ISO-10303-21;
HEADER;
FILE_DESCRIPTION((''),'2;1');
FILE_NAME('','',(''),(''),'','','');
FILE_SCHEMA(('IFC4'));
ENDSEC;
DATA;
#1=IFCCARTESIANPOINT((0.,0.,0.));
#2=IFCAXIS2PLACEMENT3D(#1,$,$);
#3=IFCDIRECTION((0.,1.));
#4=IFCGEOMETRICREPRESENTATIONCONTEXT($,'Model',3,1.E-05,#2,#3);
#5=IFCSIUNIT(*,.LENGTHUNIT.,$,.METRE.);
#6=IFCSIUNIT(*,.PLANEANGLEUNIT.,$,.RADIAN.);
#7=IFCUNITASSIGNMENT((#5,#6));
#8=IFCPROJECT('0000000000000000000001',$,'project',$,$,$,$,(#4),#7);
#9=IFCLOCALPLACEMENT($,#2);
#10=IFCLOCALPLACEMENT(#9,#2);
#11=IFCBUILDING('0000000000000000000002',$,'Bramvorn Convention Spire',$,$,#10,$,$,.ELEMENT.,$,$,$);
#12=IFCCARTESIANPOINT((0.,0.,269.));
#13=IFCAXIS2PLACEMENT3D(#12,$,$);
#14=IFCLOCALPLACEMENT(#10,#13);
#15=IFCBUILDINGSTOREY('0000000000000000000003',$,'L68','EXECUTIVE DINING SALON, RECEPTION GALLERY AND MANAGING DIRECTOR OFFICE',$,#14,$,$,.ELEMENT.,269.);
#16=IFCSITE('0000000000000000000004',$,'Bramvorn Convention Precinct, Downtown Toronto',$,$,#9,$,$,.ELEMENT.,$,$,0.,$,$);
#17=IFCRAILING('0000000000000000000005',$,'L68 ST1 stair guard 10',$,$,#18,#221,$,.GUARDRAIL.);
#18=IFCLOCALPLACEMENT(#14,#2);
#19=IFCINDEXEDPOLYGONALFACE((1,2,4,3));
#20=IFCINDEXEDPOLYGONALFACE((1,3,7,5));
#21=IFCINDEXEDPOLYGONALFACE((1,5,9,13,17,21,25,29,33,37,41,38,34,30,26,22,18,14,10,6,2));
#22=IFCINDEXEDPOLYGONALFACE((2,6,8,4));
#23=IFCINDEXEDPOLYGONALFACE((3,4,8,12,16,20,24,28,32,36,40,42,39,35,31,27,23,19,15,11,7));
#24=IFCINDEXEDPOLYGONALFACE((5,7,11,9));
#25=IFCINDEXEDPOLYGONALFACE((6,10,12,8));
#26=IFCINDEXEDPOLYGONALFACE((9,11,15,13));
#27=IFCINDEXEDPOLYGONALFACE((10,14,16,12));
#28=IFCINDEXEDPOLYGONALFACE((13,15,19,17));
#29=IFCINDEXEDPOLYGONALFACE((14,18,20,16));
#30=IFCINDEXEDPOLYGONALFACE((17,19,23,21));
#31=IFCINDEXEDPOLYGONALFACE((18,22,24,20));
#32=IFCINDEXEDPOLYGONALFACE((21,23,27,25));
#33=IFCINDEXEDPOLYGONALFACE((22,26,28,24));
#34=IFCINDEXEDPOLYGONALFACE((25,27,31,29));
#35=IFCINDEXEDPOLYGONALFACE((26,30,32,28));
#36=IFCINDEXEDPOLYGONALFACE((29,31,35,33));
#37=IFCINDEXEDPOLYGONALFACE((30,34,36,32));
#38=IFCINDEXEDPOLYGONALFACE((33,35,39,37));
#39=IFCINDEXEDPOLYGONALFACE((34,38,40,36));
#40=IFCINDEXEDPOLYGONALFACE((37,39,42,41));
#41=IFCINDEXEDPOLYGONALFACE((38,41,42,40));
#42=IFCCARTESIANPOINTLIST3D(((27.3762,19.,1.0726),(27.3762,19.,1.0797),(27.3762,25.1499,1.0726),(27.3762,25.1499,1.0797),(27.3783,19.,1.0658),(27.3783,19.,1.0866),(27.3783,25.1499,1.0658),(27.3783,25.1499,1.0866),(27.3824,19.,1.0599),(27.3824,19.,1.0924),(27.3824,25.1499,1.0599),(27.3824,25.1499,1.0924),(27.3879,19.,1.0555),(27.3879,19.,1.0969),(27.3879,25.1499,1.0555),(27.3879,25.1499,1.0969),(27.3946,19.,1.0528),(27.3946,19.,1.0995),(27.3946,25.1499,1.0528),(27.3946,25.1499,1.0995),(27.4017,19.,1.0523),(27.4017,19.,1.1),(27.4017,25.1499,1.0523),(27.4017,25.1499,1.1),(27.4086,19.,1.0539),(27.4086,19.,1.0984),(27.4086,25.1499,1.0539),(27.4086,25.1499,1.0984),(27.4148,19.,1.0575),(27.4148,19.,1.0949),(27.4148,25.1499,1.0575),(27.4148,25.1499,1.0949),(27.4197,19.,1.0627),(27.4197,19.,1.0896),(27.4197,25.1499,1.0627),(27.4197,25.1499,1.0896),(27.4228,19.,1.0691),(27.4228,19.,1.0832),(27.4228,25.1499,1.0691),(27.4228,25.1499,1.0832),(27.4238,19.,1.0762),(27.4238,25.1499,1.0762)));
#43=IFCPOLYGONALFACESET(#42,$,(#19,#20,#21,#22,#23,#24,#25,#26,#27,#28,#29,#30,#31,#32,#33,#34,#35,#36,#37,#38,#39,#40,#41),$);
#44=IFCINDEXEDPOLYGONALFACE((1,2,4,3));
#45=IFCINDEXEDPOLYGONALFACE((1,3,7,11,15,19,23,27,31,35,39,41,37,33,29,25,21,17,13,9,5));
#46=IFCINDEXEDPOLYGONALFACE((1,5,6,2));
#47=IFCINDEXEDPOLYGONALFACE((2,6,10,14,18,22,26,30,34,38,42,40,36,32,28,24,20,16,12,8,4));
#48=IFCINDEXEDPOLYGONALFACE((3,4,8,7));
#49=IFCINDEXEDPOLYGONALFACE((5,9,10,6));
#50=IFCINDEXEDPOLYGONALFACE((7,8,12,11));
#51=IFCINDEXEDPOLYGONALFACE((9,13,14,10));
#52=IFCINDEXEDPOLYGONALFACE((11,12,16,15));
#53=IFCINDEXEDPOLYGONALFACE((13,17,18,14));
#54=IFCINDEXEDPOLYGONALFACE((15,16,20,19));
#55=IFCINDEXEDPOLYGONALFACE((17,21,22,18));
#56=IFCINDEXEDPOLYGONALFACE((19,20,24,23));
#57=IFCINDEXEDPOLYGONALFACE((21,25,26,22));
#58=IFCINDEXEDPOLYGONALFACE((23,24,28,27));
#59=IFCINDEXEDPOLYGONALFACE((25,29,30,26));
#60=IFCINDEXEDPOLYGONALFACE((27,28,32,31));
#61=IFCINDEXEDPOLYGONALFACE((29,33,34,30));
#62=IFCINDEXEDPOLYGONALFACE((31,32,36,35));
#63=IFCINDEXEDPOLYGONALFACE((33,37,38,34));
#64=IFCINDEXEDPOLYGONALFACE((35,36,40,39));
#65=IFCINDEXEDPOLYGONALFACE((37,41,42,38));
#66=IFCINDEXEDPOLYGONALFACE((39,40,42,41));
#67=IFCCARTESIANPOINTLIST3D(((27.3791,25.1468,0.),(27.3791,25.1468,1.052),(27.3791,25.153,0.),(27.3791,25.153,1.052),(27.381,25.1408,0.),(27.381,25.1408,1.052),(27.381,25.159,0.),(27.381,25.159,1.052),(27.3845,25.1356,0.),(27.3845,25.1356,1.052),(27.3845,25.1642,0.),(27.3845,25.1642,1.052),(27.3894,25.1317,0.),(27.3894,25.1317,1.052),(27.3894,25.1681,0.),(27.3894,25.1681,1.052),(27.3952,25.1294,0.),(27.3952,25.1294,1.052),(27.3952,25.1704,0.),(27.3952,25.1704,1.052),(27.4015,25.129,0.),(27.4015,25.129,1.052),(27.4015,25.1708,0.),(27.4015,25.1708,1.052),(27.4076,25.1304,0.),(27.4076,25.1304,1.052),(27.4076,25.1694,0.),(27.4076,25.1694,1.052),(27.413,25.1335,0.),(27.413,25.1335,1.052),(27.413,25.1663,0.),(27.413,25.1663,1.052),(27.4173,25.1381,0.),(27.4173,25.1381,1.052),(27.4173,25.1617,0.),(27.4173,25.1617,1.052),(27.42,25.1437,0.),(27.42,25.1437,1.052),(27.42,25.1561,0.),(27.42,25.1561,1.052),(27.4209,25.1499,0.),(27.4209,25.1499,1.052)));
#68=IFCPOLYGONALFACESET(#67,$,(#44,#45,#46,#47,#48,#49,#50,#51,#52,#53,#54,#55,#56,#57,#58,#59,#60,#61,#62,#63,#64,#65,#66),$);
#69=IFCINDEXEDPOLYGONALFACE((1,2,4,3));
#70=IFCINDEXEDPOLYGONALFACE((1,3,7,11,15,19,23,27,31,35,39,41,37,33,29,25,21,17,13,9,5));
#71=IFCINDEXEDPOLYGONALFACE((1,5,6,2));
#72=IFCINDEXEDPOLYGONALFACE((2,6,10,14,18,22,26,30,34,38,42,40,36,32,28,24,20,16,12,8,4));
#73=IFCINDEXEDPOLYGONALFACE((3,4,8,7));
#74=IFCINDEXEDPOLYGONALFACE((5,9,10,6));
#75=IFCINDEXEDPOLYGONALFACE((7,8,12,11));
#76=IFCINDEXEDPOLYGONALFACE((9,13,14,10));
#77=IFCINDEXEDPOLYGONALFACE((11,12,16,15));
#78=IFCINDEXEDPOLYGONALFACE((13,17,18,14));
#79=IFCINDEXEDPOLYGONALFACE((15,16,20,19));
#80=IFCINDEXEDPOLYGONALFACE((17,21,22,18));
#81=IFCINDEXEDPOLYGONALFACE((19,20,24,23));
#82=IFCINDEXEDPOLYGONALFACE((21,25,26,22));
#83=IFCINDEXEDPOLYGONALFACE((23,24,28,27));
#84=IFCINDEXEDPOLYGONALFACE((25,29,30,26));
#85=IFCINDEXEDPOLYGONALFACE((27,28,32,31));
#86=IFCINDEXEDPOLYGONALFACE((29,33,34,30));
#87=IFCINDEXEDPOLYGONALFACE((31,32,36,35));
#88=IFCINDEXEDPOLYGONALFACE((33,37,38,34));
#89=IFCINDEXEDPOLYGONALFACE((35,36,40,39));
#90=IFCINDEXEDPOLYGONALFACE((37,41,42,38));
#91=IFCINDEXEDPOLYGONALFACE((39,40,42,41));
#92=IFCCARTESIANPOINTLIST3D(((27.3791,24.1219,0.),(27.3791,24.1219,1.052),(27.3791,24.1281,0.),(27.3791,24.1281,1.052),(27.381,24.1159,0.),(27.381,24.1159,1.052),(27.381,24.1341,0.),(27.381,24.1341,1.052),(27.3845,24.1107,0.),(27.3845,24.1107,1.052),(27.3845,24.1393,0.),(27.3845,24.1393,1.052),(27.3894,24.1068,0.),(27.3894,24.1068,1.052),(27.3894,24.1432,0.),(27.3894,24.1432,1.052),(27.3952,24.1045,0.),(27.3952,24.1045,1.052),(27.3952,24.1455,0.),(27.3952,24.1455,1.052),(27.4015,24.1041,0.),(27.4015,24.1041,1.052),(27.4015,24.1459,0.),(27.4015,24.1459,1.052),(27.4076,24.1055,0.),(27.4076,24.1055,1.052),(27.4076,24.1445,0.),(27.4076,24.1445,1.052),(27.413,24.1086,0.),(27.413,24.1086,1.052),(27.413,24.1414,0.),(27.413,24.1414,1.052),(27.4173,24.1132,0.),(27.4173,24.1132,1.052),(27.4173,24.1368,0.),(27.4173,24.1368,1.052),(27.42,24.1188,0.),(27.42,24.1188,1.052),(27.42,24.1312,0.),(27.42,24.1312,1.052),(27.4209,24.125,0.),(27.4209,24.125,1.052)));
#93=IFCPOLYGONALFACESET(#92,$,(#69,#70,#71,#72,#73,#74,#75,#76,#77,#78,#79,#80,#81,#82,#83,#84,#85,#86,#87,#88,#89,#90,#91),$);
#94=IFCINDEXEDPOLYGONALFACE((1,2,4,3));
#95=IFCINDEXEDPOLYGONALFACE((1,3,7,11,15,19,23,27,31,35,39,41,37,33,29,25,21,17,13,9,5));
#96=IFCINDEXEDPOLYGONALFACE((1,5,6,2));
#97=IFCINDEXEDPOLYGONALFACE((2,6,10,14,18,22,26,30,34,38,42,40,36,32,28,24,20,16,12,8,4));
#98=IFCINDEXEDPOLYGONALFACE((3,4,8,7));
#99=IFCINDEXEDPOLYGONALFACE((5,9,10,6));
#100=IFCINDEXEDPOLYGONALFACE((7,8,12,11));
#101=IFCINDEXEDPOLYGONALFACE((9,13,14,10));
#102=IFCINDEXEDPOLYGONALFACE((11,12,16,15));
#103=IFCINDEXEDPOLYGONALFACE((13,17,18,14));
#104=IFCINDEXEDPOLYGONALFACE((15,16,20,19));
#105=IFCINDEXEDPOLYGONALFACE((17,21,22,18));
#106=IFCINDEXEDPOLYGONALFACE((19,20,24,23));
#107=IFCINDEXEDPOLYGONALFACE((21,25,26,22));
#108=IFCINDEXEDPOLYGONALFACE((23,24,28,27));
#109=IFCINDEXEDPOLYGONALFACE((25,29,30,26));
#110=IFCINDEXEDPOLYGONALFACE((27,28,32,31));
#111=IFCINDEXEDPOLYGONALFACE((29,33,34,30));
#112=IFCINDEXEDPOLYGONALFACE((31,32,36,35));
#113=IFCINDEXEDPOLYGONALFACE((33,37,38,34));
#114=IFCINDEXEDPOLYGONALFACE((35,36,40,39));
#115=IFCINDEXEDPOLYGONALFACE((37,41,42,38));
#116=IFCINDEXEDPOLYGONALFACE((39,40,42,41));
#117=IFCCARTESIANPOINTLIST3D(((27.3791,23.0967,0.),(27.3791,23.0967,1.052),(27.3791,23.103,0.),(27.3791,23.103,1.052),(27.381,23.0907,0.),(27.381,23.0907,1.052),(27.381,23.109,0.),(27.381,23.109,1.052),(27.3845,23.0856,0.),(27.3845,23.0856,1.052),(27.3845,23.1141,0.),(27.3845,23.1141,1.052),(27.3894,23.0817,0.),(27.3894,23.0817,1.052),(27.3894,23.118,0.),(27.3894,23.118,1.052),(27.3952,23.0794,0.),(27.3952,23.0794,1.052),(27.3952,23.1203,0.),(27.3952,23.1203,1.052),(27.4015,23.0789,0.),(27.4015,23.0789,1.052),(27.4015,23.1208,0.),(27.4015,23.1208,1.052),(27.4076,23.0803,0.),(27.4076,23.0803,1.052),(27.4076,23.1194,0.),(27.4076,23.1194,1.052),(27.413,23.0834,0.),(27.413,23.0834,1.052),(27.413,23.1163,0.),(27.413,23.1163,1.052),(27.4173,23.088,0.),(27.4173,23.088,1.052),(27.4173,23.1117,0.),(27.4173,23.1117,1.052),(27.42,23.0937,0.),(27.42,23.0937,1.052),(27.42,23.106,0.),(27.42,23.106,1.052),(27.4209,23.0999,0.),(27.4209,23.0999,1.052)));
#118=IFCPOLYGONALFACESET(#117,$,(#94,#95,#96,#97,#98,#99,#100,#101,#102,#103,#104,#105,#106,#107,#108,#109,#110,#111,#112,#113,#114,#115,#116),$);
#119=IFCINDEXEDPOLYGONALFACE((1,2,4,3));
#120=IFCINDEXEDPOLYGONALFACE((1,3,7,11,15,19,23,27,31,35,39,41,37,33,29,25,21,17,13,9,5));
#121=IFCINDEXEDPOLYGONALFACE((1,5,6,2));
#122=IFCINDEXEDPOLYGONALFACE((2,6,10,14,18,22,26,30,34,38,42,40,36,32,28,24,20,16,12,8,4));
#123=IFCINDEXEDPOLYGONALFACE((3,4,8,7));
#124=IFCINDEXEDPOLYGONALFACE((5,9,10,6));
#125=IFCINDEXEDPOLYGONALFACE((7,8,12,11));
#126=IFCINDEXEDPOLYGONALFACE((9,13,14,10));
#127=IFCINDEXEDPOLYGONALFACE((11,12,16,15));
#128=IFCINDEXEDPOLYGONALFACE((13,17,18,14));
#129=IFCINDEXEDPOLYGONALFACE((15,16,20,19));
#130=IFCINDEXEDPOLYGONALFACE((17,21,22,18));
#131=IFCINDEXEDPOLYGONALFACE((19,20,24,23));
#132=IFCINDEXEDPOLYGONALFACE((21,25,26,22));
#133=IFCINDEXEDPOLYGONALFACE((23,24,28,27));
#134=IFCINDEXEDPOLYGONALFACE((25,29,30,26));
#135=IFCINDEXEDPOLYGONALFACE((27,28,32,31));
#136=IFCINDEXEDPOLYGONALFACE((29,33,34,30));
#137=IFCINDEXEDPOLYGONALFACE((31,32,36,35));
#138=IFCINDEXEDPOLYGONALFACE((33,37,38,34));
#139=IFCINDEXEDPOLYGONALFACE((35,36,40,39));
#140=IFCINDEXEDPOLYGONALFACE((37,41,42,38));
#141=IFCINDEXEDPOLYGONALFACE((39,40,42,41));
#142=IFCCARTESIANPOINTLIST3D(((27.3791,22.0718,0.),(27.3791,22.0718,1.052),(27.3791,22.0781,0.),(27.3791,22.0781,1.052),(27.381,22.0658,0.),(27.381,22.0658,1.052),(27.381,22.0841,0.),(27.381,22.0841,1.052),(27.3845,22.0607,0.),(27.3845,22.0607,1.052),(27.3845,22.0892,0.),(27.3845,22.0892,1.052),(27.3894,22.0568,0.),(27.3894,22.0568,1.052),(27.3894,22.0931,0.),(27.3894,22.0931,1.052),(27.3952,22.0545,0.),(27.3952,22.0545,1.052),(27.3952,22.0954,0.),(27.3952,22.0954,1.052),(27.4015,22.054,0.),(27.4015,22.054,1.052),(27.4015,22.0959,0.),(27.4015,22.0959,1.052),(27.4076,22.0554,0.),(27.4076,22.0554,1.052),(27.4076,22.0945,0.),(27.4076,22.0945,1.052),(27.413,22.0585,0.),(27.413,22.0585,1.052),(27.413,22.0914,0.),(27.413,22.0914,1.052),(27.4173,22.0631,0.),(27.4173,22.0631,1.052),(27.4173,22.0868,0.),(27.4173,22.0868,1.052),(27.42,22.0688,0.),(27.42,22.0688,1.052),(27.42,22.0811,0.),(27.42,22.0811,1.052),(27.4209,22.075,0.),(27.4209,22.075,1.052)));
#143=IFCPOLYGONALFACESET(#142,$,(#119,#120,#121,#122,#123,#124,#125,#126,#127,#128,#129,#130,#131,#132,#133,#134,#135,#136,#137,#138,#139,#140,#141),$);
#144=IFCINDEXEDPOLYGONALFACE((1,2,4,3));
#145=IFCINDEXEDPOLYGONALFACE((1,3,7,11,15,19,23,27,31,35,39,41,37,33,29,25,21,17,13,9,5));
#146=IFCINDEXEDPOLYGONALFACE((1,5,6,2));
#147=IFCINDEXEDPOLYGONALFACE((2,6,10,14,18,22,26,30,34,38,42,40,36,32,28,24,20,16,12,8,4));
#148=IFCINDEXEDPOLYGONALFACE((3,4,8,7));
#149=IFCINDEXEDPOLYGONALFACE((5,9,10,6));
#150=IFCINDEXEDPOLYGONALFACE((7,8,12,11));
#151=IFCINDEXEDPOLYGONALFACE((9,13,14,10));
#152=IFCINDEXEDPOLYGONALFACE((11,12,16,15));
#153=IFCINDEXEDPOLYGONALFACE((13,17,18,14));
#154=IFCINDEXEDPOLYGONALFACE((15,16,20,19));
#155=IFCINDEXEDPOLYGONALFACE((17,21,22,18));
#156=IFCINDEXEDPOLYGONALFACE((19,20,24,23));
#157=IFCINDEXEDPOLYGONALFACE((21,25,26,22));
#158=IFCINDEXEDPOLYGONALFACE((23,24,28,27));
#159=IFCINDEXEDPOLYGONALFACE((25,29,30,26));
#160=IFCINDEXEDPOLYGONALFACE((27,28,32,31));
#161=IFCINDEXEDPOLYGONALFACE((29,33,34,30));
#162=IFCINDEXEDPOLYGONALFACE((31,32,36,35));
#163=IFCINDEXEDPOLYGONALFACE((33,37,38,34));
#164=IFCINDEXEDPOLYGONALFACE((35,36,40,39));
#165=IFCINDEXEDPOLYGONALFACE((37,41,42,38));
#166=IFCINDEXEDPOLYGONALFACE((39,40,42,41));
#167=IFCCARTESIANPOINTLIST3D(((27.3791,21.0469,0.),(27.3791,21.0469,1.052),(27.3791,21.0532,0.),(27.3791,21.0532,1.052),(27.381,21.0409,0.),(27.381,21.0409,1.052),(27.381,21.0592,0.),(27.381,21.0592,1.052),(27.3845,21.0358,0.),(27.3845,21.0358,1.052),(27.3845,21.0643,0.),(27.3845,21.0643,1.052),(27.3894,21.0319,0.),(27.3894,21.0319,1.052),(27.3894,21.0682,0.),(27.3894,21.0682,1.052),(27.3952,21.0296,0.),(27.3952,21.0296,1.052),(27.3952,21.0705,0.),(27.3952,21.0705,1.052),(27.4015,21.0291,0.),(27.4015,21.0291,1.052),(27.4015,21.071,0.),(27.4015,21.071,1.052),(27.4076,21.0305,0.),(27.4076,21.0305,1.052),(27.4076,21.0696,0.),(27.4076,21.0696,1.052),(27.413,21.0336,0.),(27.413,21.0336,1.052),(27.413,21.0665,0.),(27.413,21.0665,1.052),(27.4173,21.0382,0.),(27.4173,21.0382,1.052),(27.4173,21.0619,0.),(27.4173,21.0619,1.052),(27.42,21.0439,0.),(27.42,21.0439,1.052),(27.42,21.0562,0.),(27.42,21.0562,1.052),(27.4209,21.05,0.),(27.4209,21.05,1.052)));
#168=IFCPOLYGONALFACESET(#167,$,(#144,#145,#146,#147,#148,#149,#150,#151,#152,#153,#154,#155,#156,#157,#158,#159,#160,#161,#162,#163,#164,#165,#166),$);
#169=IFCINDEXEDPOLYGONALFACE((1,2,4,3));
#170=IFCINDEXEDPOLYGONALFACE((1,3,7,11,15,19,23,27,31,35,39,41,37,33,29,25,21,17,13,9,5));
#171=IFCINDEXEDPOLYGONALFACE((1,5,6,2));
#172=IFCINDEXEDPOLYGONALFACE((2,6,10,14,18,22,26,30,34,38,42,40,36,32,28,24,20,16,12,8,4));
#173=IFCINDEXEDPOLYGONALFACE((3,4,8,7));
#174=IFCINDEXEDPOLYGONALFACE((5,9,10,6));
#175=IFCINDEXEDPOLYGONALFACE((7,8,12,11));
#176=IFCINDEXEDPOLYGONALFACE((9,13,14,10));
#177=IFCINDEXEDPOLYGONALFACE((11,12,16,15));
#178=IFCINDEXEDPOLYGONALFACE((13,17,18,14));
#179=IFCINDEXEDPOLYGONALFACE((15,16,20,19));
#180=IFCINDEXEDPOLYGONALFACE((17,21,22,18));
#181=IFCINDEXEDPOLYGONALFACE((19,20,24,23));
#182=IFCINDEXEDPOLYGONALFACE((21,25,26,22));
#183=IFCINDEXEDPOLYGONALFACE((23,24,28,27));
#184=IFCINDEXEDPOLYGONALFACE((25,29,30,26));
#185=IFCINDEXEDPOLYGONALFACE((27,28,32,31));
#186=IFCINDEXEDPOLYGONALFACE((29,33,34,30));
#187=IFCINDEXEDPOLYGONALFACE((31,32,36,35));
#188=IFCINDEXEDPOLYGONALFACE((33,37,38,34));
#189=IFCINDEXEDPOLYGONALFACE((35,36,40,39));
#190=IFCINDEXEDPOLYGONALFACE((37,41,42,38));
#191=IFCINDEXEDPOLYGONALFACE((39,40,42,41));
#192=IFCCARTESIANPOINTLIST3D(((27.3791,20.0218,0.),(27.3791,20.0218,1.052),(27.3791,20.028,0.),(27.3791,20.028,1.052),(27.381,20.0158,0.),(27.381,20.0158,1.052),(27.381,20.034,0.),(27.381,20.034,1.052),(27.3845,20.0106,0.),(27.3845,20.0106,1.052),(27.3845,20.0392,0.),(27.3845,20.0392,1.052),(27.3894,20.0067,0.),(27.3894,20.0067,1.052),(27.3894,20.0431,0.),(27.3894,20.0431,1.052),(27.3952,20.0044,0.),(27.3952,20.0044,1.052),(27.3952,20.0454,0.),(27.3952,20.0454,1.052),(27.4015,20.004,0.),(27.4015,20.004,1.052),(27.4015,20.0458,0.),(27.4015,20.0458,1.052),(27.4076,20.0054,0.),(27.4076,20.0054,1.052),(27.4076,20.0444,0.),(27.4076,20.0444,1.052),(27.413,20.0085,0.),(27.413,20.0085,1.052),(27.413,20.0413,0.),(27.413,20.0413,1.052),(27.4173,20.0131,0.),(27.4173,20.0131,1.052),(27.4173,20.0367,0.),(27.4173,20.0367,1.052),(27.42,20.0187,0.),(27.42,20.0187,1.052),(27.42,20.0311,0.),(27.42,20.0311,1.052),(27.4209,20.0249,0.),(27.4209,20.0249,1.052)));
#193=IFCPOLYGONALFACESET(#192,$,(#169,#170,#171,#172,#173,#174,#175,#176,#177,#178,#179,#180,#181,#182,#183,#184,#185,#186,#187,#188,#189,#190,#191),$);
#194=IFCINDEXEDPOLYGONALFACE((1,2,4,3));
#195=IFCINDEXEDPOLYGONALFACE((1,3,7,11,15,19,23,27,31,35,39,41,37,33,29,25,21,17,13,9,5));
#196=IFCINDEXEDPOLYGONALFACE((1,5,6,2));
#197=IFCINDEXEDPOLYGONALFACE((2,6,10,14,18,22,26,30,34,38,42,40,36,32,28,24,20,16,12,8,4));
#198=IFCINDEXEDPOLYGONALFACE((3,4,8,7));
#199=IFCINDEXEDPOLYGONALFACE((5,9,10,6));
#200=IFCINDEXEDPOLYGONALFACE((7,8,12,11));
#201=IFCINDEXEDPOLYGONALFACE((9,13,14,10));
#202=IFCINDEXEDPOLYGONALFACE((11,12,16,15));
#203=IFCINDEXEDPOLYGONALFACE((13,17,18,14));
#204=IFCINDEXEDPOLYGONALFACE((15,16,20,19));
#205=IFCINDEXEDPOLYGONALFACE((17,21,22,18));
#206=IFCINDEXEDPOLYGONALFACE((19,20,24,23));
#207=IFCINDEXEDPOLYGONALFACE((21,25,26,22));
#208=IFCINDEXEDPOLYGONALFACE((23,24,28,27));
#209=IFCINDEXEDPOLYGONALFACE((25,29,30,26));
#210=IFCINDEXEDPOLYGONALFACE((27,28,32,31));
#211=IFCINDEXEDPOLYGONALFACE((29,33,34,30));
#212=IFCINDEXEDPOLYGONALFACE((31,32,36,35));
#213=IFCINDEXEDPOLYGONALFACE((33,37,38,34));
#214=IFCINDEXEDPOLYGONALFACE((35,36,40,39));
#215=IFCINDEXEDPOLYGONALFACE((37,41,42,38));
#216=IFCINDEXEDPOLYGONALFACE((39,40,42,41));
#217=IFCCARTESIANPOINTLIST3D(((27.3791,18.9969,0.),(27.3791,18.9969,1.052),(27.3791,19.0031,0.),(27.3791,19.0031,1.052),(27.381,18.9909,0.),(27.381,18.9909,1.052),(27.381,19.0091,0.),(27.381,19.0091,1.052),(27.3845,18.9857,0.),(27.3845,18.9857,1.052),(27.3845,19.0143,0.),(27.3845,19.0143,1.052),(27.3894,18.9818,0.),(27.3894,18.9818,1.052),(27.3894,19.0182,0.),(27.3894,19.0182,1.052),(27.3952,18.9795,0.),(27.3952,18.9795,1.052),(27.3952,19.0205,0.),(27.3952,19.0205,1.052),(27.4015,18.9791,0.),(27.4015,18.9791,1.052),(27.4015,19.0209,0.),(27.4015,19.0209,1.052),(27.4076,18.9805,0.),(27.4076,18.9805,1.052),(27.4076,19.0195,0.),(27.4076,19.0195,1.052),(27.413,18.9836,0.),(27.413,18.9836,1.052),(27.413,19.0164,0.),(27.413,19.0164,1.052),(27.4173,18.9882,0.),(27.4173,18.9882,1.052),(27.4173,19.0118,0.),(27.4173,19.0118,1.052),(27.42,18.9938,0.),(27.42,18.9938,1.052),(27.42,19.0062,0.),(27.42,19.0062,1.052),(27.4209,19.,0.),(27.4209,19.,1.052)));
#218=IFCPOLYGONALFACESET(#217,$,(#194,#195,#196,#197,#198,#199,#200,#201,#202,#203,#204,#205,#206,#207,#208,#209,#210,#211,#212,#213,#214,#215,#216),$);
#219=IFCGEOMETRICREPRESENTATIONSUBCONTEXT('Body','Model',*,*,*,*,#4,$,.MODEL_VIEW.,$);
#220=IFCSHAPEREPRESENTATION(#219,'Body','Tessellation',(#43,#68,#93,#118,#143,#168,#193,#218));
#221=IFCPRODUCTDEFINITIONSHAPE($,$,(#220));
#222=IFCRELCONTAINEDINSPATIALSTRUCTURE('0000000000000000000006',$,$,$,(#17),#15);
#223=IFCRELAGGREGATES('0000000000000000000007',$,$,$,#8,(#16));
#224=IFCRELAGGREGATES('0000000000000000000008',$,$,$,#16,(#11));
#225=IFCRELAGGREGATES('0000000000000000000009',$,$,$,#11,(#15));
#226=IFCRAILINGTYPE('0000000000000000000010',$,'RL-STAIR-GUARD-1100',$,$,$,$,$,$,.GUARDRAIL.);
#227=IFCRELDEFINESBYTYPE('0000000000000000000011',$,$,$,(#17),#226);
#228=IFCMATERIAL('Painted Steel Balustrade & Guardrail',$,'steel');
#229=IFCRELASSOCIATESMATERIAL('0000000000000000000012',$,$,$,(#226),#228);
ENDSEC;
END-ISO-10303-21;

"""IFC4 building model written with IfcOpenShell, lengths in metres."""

from ifc_helpers import new_model, si_unit, direction, frame, origin, origin_2d, place, context, subcontext, project, spatial, circle, extrude, material, type_object, element, save


model = new_model("IFC4")

# Units and contexts
model_context = context("Model", 3, precision=1e-05, world=origin(), true_north=direction((0.0, 1.0)))
body_context = subcontext(model_context, "Body", "Model", "MODEL_VIEW")
ifc_project = project(units=[si_unit("LENGTHUNIT", "METRE"), si_unit("PLANEANGLEUNIT", "RADIAN")], contexts=[model_context])

# Site, building, storey
site_placement = place(None, origin())
site = spatial("IfcSite", under=ifc_project, at=site_placement, Name="Bramvorn Convention Precinct, Downtown Toronto", CompositionType="ELEMENT", RefElevation=0.0)
building_placement = place(site_placement, origin())
building = spatial("IfcBuilding", under=site, at=building_placement, Name="Bramvorn Convention Spire", CompositionType="ELEMENT")
storey_placement = place(building_placement, frame((0.0, 0.0, 269.0)))
storey = spatial("IfcBuildingStorey", under=building, at=storey_placement, Name="L68", Description="EXECUTIVE DINING SALON, RECEPTION GALLERY AND MANAGING DIRECTOR OFFICE", CompositionType="ELEMENT", Elevation=269.0)

# Railing
ifc_material_1 = material(Name="Painted Steel Balustrade & Guardrail", Category="steel")
railing_type = type_object("IfcRailingType", Name="RL-STAIR-GUARD-1100", PredefinedType="GUARDRAIL", material=ifc_material_1)
railing_1_placement = place(storey_placement, frame((27.3999, 25.1499, 0.0)))
element("IfcRailing", 1, at=railing_1_placement, inside=storey, type_object=railing_type, Name="L68 ST1 stair guard 10", PredefinedType="GUARDRAIL", context=body_context, shape_type="SweptSolid", body=[
    extrude(circle(Radius=0.0239, at=origin_2d()), frame((0.0, 0.0, 1.0762), z_axis=(0.0, -1.0, 0.0), x_axis=(1.0, 0.0, 0.0)), (0.0, 0.0, 1.0), 6.1499),
    extrude(circle(Radius=0.021, at=origin_2d()), origin(), (0.0, 0.0, 1.0), 1.052),
    extrude(circle(Radius=0.021, at=origin_2d()), frame((0.0, -1.0249, 0.0)), (0.0, 0.0, 1.0), 1.052),
    extrude(circle(Radius=0.021, at=origin_2d()), frame((0.0, -2.05, 0.0)), (0.0, 0.0, 1.0), 1.052),
    extrude(circle(Radius=0.021, at=origin_2d()), frame((0.0, -3.075, 0.0)), (0.0, 0.0, 1.0), 1.052),
    extrude(circle(Radius=0.021, at=origin_2d()), frame((0.0, -4.0999, 0.0)), (0.0, 0.0, 1.0), 1.052),
    extrude(circle(Radius=0.021, at=origin_2d()), frame((0.0, -5.125, 0.0)), (0.0, 0.0, 1.0), 1.052),
    extrude(circle(Radius=0.021, at=origin_2d()), frame((0.0, -6.1499, 0.0)), (0.0, 0.0, 1.0), 1.052),
])

save(model, "model.ifc")
